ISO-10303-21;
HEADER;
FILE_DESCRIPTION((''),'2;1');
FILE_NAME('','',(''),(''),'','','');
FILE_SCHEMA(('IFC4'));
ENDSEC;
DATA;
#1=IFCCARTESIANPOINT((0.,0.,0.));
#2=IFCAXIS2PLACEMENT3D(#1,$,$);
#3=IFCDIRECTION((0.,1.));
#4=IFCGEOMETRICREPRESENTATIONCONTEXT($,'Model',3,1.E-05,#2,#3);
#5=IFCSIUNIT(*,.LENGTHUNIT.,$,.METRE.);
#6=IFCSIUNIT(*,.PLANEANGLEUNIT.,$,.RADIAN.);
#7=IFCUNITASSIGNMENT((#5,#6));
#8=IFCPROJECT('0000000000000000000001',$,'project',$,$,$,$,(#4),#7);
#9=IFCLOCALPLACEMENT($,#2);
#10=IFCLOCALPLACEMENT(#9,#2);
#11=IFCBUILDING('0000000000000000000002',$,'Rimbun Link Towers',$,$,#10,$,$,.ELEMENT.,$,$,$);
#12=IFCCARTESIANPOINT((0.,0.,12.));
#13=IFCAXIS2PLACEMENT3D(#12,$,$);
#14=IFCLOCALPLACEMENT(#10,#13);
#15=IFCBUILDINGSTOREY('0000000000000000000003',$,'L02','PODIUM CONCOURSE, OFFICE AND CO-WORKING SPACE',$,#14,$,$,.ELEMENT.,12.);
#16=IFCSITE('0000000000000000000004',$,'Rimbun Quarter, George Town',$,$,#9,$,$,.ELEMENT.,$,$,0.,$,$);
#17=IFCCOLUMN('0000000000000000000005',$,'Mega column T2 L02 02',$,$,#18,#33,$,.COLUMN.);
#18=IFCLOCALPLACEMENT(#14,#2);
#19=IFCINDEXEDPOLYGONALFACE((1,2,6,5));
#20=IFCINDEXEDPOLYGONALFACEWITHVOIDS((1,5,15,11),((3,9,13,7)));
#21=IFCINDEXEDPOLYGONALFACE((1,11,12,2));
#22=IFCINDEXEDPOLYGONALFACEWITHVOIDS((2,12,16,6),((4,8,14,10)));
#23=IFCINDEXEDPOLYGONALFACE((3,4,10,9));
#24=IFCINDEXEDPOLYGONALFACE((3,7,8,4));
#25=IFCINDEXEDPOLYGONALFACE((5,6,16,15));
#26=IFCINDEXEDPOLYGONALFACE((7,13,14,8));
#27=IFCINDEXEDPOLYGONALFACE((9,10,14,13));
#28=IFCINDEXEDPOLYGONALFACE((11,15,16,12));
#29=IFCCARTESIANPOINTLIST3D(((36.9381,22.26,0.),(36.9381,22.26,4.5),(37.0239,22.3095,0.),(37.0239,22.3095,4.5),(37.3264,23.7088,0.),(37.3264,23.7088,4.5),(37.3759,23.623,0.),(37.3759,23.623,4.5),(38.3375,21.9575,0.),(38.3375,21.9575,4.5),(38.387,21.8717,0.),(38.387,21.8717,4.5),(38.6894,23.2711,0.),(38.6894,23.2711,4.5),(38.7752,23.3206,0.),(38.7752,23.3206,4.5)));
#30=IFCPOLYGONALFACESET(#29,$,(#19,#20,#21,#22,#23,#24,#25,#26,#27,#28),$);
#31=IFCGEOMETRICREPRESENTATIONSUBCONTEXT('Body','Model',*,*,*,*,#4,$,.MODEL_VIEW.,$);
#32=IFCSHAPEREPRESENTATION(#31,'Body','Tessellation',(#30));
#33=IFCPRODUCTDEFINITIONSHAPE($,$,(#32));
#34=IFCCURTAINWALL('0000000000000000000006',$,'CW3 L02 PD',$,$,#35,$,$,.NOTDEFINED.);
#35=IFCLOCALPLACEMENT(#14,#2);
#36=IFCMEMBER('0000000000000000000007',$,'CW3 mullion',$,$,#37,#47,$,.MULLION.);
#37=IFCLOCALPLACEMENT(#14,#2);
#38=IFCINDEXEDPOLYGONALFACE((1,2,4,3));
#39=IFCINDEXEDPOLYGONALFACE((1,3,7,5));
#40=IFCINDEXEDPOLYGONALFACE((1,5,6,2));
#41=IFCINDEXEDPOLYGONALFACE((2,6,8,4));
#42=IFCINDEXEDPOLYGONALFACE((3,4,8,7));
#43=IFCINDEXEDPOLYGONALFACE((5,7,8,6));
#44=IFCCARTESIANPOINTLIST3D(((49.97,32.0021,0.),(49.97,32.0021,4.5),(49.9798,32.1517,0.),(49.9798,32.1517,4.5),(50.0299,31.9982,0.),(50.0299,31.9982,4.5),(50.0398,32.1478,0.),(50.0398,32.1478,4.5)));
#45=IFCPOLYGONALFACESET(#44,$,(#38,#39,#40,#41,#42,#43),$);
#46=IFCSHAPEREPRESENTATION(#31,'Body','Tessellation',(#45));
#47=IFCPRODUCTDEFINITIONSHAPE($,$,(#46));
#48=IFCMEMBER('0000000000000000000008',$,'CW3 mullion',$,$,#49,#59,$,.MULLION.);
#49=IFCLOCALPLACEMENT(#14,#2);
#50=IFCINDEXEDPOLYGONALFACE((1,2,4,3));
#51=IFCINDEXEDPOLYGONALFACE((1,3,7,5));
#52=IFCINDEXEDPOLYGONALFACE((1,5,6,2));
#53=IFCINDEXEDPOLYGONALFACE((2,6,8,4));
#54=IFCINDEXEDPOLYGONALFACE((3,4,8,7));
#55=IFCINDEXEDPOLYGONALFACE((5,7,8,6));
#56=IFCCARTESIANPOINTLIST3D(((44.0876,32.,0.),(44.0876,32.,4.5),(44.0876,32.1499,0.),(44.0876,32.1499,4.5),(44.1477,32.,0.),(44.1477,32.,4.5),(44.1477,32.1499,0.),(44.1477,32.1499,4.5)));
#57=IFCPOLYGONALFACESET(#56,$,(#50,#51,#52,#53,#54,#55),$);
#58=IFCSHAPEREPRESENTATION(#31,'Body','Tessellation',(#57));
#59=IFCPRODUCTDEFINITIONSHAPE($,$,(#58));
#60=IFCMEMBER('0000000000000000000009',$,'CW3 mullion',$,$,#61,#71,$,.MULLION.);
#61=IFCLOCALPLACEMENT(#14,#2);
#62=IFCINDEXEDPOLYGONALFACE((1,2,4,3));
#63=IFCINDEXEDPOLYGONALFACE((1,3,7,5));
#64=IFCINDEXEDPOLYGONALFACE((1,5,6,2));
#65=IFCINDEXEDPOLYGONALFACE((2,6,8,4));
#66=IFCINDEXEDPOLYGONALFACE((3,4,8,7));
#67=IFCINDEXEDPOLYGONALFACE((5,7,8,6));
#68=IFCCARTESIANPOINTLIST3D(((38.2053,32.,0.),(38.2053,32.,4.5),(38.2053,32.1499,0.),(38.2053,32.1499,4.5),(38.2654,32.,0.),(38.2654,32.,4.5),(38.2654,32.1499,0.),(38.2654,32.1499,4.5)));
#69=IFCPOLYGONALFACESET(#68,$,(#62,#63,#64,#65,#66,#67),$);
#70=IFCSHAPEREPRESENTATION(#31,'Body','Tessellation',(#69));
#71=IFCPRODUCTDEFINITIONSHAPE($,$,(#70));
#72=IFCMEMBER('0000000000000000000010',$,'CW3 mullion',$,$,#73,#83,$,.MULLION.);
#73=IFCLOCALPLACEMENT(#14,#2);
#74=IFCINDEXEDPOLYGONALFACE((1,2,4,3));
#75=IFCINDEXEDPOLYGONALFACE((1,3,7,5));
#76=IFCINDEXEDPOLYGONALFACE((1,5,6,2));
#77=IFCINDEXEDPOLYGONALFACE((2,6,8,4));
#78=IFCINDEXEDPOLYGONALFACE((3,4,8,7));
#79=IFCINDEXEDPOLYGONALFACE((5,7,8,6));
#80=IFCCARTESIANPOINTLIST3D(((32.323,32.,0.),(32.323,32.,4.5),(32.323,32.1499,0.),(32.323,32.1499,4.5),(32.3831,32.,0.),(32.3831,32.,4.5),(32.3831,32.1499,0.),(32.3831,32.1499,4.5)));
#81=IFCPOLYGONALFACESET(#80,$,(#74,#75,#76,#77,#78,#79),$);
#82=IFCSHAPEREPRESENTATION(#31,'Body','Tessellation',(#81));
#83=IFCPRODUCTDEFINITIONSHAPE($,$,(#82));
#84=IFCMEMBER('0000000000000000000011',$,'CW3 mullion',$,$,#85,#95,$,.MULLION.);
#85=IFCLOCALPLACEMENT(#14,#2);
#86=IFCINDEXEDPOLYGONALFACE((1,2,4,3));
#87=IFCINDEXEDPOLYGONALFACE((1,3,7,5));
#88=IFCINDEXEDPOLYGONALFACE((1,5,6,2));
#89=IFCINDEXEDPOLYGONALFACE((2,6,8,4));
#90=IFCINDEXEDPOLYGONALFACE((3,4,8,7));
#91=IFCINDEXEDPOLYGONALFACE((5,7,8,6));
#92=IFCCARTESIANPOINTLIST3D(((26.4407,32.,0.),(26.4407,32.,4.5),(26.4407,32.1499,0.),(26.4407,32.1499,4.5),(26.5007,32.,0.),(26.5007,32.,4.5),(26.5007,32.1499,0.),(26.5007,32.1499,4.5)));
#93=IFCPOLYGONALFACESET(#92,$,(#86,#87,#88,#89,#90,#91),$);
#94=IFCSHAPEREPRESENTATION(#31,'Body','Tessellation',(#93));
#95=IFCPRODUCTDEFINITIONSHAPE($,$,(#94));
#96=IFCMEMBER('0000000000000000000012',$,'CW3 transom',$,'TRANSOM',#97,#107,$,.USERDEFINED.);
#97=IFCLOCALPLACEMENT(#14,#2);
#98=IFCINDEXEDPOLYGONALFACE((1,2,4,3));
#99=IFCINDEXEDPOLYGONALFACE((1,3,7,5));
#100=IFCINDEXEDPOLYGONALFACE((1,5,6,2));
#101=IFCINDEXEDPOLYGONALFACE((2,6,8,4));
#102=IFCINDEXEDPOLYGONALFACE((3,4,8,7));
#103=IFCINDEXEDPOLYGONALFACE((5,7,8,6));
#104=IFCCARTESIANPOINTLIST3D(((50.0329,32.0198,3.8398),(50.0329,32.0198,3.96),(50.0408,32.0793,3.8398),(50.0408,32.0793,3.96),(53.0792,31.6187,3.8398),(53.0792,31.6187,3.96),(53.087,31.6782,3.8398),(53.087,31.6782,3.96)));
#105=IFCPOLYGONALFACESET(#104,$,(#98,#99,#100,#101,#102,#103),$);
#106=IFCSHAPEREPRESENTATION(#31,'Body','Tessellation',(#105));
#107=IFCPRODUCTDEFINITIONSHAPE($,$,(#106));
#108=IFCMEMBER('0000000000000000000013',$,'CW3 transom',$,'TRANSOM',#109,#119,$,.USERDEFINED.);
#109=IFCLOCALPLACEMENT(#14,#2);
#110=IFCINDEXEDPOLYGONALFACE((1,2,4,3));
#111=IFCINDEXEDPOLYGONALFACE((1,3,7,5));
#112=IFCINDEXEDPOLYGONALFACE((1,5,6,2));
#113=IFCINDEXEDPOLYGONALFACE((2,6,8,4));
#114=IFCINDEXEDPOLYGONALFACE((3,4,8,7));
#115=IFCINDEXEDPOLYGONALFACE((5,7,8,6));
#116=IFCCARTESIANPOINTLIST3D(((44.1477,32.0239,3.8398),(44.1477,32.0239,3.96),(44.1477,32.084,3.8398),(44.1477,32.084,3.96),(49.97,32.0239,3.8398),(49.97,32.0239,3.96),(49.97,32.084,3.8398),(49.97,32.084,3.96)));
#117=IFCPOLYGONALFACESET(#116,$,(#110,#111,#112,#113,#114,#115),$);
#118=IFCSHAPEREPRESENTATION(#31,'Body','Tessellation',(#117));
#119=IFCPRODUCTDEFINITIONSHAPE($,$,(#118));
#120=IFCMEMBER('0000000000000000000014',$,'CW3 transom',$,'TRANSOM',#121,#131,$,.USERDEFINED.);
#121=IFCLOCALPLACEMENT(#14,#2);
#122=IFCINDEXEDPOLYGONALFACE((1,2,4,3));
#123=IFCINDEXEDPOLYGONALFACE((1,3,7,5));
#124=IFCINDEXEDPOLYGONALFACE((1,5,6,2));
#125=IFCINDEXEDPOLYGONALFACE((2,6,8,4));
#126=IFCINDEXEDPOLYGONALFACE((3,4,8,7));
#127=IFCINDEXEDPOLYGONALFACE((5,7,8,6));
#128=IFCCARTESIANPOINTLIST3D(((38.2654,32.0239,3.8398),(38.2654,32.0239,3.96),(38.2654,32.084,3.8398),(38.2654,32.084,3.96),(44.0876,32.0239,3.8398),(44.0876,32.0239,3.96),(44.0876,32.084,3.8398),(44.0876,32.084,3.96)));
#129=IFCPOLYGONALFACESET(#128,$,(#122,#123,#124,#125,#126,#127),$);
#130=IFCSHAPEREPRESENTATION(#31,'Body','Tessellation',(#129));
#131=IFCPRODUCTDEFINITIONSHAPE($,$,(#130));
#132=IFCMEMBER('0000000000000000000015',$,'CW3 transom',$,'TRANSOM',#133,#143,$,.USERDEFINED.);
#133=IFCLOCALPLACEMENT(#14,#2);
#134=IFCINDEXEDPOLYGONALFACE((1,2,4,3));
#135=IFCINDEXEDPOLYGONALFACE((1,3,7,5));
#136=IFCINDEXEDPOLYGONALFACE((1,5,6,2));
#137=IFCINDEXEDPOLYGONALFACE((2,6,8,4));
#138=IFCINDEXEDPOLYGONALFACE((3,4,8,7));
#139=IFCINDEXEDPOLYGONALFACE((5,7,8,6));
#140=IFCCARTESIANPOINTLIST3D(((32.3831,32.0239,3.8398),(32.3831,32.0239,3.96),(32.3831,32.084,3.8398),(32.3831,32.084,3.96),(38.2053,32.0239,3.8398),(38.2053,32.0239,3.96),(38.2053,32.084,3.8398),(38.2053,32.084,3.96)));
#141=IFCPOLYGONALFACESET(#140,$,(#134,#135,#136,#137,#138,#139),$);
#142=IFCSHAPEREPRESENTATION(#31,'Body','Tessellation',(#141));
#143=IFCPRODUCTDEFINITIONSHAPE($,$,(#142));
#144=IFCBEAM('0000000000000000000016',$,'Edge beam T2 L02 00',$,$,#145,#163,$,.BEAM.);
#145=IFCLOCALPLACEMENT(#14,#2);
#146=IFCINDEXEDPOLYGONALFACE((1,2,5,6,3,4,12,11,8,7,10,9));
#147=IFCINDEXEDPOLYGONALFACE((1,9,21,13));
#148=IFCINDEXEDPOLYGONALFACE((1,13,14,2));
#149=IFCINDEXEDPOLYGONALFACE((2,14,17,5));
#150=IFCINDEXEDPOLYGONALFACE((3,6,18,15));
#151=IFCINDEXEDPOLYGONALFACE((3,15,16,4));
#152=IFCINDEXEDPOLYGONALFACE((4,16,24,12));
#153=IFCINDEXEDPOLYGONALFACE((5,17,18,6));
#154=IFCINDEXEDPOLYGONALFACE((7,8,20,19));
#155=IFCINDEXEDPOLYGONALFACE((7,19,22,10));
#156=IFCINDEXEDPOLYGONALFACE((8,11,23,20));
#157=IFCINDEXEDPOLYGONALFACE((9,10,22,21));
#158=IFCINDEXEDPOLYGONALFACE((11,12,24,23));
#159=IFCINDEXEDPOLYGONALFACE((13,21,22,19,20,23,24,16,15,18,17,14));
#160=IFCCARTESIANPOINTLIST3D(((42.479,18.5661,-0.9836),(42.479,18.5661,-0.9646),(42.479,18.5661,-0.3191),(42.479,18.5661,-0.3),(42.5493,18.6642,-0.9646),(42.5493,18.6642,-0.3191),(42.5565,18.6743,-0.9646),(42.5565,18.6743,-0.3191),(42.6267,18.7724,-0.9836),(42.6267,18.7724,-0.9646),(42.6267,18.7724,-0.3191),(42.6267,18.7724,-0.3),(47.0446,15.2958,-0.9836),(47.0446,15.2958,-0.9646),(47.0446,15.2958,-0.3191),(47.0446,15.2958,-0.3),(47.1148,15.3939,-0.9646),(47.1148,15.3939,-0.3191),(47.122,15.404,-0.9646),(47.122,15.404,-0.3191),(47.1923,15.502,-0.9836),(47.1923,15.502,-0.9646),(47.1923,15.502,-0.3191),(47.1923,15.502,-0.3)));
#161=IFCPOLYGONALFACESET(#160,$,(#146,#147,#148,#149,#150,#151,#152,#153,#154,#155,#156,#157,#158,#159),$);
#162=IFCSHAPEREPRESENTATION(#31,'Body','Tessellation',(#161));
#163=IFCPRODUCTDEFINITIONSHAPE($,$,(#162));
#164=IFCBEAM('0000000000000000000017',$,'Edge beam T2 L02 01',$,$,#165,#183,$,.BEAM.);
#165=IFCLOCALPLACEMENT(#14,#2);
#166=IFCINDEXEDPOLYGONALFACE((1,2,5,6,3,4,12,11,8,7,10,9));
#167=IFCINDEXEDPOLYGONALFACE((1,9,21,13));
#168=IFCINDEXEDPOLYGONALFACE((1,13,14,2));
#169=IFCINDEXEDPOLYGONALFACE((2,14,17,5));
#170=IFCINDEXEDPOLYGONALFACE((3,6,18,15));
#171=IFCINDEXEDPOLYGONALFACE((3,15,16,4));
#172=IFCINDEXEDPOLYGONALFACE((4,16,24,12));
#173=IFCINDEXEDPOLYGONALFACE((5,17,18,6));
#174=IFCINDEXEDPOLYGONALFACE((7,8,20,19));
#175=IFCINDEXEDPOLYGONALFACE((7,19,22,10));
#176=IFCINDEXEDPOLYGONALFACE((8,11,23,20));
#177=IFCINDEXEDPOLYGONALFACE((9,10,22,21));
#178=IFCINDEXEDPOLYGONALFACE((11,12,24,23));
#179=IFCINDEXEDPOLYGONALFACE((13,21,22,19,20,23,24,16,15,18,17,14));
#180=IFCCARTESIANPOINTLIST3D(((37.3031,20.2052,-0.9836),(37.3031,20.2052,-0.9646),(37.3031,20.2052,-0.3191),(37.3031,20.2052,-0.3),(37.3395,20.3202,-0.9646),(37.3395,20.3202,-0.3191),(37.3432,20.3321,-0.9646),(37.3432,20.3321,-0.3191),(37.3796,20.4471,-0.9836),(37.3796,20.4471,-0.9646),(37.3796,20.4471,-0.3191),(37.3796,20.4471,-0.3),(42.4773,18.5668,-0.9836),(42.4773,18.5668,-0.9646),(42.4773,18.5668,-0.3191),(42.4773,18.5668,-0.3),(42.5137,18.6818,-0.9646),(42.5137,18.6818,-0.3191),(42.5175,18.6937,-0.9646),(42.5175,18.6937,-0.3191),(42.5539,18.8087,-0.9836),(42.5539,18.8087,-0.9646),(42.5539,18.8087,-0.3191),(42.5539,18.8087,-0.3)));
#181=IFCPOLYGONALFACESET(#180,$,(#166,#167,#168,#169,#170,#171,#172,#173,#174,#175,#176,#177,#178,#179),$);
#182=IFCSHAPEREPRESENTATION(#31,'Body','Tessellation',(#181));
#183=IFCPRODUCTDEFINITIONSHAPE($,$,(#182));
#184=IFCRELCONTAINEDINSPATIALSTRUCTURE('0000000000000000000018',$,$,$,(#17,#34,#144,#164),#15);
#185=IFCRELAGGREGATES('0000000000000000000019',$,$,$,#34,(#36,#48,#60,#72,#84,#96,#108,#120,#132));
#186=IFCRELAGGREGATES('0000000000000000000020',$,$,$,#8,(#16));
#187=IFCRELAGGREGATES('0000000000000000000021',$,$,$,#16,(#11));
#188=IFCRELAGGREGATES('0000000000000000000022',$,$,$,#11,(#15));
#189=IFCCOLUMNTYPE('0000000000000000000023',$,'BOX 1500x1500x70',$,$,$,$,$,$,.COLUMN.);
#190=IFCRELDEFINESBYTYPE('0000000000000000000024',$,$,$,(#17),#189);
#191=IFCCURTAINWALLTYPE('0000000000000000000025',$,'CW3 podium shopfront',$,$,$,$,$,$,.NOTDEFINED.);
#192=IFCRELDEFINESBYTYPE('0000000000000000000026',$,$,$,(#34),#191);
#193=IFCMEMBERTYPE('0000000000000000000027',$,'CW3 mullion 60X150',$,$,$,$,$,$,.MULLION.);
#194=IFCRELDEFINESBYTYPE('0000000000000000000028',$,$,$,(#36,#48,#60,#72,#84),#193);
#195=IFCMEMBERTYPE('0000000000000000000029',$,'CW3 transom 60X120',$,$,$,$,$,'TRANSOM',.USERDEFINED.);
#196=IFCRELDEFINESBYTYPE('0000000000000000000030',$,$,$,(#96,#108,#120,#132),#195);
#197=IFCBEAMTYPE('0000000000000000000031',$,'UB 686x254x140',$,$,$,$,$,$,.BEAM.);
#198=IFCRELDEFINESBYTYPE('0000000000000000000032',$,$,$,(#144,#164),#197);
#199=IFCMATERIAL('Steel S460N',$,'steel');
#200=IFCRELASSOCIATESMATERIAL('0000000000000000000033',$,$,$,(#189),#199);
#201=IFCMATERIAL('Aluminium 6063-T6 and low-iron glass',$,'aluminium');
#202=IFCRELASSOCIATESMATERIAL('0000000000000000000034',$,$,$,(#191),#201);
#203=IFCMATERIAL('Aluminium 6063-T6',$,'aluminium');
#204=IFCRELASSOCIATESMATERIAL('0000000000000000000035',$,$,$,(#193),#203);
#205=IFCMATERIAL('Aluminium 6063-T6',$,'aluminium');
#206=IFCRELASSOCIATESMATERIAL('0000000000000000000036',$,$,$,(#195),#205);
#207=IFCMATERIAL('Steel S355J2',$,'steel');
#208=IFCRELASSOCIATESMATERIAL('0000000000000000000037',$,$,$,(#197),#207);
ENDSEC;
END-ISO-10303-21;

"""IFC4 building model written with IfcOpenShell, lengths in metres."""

from ifc_helpers import new_model, si_unit, direction, frame, origin, origin_2d, place, context, subcontext, project, spatial, rectangle, hollow_rectangle, i_section, extrude, material, material_profile, profile_set, type_object, element, aggregate, save


model = new_model("IFC4")

# Units and contexts
model_context = context("Model", 3, precision=1e-05, world=origin(), true_north=direction((0.0, 1.0)))
body_context = subcontext(model_context, "Body", "Model", "MODEL_VIEW")
ifc_project = project(units=[si_unit("LENGTHUNIT", "METRE"), si_unit("PLANEANGLEUNIT", "RADIAN")], contexts=[model_context])

# Site, building, storey
site_placement = place(None, origin())
site = spatial("IfcSite", under=ifc_project, at=site_placement, Name="Rimbun Quarter, George Town", CompositionType="ELEMENT", RefElevation=0.0)
building_placement = place(site_placement, origin())
building = spatial("IfcBuilding", under=site, at=building_placement, Name="Rimbun Link Towers", CompositionType="ELEMENT")
storey_placement = place(building_placement, frame((0.0, 0.0, 12.0)))
storey = spatial("IfcBuildingStorey", under=building, at=storey_placement, Name="L02", Description="PODIUM CONCOURSE, OFFICE AND CO-WORKING SPACE", CompositionType="ELEMENT", Elevation=12.0)

# Column
ifc_material_1 = material(Name="Steel S460N", Category="steel")
ifc_material_profile_1 = material_profile(ifc_material_1, hollow_rectangle(XDim=1.5, YDim=1.5, WallThickness=0.0701, at=origin_2d()), Name="BOX 1500x1500x70")
ifc_profile_set_1 = profile_set([ifc_material_profile_1], Name="Steel S460N")
column_type = type_object("IfcColumnType", Name="BOX 1500x1500x70", PredefinedType="COLUMN", material=ifc_profile_set_1)
column_placement = place(storey_placement, frame((37.8567, 22.7903, 0.0), z_axis=(0.0, 0.0, 1.0), x_axis=(0.258819, 0.965926, 0.0)))
element("IfcColumn", 1, at=column_placement, inside=storey, type_object=column_type, Name="Mega column T2 L02 02", PredefinedType="COLUMN", context=body_context, shape_type="SweptSolid", body=[
    extrude(hollow_rectangle(XDim=1.5, YDim=1.5, WallThickness=0.0701, at=origin_2d()), origin(), (0.0, 0.0, 1.0), 4.5),
])

# Curtain wall, members
ifc_material_2 = material(Name="Aluminium 6063-T6 and low-iron glass", Category="aluminium")
curtain_wall_type = type_object("IfcCurtainWallType", Name="CW3 podium shopfront", PredefinedType="NOTDEFINED", material=ifc_material_2)
curtain_wall_placement = place(storey_placement, origin())
curtain_wall = element("IfcCurtainWall", 2, at=curtain_wall_placement, inside=storey, type_object=curtain_wall_type, Name="CW3 L02 PD", PredefinedType="NOTDEFINED")
ifc_material_3 = material(Name="Aluminium 6063-T6", Category="aluminium")
ifc_material_profile_2 = material_profile(ifc_material_3, rectangle(XDim=0.1499, YDim=0.0601, at=origin_2d()), Name="MULLION 60X150")
ifc_profile_set_2 = profile_set([ifc_material_profile_2], Name="Aluminium 6063-T6")
member_type_1 = type_object("IfcMemberType", Name="CW3 mullion 60X150", PredefinedType="MULLION", material=ifc_profile_set_2)
member_1_placement = place(storey_placement, frame((50.0049, 32.075, 0.0), z_axis=(0.0, 0.0, 1.0), x_axis=(0.065405, 0.997859, 0.0)))
member_1 = element("IfcMember", 3, at=member_1_placement, type_object=member_type_1, Name="CW3 mullion", PredefinedType="MULLION", context=body_context, shape_type="SweptSolid", body=[
    extrude(rectangle(XDim=0.1499, YDim=0.0601, at=origin_2d()), origin(), (0.0, 0.0, 1.0), 4.5),
])
member_2_placement = place(storey_placement, frame((44.1177, 32.075, 0.0), z_axis=(0.0, 0.0, 1.0), x_axis=(0.0, 1.0, 0.0)))
member_2 = element("IfcMember", 4, at=member_2_placement, type_object=member_type_1, Name="CW3 mullion", PredefinedType="MULLION", context=body_context, shape_type="SweptSolid", body=[
    extrude(rectangle(XDim=0.1499, YDim=0.0601, at=origin_2d()), origin(), (0.0, 0.0, 1.0), 4.5),
])
member_3_placement = place(storey_placement, frame((38.2354, 32.075, 0.0), z_axis=(0.0, 0.0, 1.0), x_axis=(0.0, 1.0, 0.0)))
member_3 = element("IfcMember", 5, at=member_3_placement, type_object=member_type_1, Name="CW3 mullion", PredefinedType="MULLION", context=body_context, shape_type="SweptSolid", body=[
    extrude(rectangle(XDim=0.1499, YDim=0.0601, at=origin_2d()), origin(), (0.0, 0.0, 1.0), 4.5),
])
member_4_placement = place(storey_placement, frame((32.353, 32.075, 0.0), z_axis=(0.0, 0.0, 1.0), x_axis=(0.0, 1.0, 0.0)))
member_4 = element("IfcMember", 6, at=member_4_placement, type_object=member_type_1, Name="CW3 mullion", PredefinedType="MULLION", context=body_context, shape_type="SweptSolid", body=[
    extrude(rectangle(XDim=0.1499, YDim=0.0601, at=origin_2d()), origin(), (0.0, 0.0, 1.0), 4.5),
])
member_5_placement = place(storey_placement, frame((26.4707, 32.075, 0.0), z_axis=(0.0, 0.0, 1.0), x_axis=(0.0, 1.0, 0.0)))
member_5 = element("IfcMember", 7, at=member_5_placement, type_object=member_type_1, Name="CW3 mullion", PredefinedType="MULLION", context=body_context, shape_type="SweptSolid", body=[
    extrude(rectangle(XDim=0.1499, YDim=0.0601, at=origin_2d()), origin(), (0.0, 0.0, 1.0), 4.5),
])
ifc_material_4 = material(Name="Aluminium 6063-T6", Category="aluminium")
ifc_material_profile_3 = material_profile(ifc_material_4, rectangle(XDim=0.0601, YDim=0.1201, at=origin_2d()), Name="TRANSOM 60X120")
ifc_profile_set_3 = profile_set([ifc_material_profile_3], Name="Aluminium 6063-T6")
member_type_2 = type_object("IfcMemberType", Name="CW3 transom 60X120", ElementType="TRANSOM", PredefinedType="USERDEFINED", material=ifc_profile_set_3)
member_6_placement = place(storey_placement, frame((50.0369, 32.0496, 3.8999), z_axis=(0.991441, -0.130555, 0.0), x_axis=(0.130555, 0.991441, 0.0)))
member_6 = element("IfcMember", 8, at=member_6_placement, type_object=member_type_2, Name="CW3 transom", ObjectType="TRANSOM", PredefinedType="USERDEFINED", context=body_context, shape_type="SweptSolid", body=[
    extrude(rectangle(XDim=0.0601, YDim=0.1201, at=origin_2d()), origin(), (0.0, 0.0, 1.0), 3.0725),
])
member_7_placement = place(storey_placement, frame((44.1477, 32.054, 3.8999), z_axis=(1.0, 0.0, 0.0), x_axis=(0.0, 1.0, 0.0)))
member_7 = element("IfcMember", 9, at=member_7_placement, type_object=member_type_2, Name="CW3 transom", ObjectType="TRANSOM", PredefinedType="USERDEFINED", context=body_context, shape_type="SweptSolid", body=[
    extrude(rectangle(XDim=0.0601, YDim=0.1201, at=origin_2d()), origin(), (0.0, 0.0, 1.0), 5.8223),
])
member_8_placement = place(storey_placement, frame((38.2654, 32.054, 3.8999), z_axis=(1.0, 0.0, 0.0), x_axis=(0.0, 1.0, 0.0)))
member_8 = element("IfcMember", 10, at=member_8_placement, type_object=member_type_2, Name="CW3 transom", ObjectType="TRANSOM", PredefinedType="USERDEFINED", context=body_context, shape_type="SweptSolid", body=[
    extrude(rectangle(XDim=0.0601, YDim=0.1201, at=origin_2d()), origin(), (0.0, 0.0, 1.0), 5.8223),
])
member_9_placement = place(storey_placement, frame((32.3831, 32.054, 3.8999), z_axis=(1.0, 0.0, 0.0), x_axis=(0.0, 1.0, 0.0)))
member_9 = element("IfcMember", 11, at=member_9_placement, type_object=member_type_2, Name="CW3 transom", ObjectType="TRANSOM", PredefinedType="USERDEFINED", context=body_context, shape_type="SweptSolid", body=[
    extrude(rectangle(XDim=0.0601, YDim=0.1201, at=origin_2d()), origin(), (0.0, 0.0, 1.0), 5.8223),
])

# Beams
ifc_material_5 = material(Name="Steel S355J2", Category="steel")
ifc_material_profile_4 = material_profile(ifc_material_5, i_section(OverallWidth=0.2537, OverallDepth=0.6836, WebThickness=0.0125, FlangeThickness=0.019, at=origin_2d()), Name="UB 686x254x140")
ifc_profile_set_4 = profile_set([ifc_material_profile_4], Name="Steel S355J2")
beam_type_1 = type_object("IfcBeamType", Name="UB 686x254x140", PredefinedType="BEAM", material=ifc_profile_set_4)
beam_1_placement = place(storey_placement, frame((47.1184, 15.3989, -0.6418), z_axis=(-0.812954, 0.582327, 0.0), x_axis=(-0.582327, -0.812954, 0.0)))
element("IfcBeam", 12, at=beam_1_placement, inside=storey, type_object=beam_type_1, Name="Edge beam T2 L02 00", PredefinedType="BEAM", context=body_context, shape_type="SweptSolid", body=[
    extrude(i_section(OverallWidth=0.2537, OverallDepth=0.6836, WebThickness=0.0125, FlangeThickness=0.019, at=origin_2d()), origin(), (0.0, 0.0, 1.0), 5.616),
])
beam_2_placement = place(storey_placement, frame((42.5156, 18.6877, -0.6418), z_axis=(-0.953348, 0.301874, 0.0), x_axis=(-0.301874, -0.953348, 0.0)))
element("IfcBeam", 13, at=beam_2_placement, inside=storey, type_object=beam_type_1, Name="Edge beam T2 L02 01", PredefinedType="BEAM", context=body_context, shape_type="SweptSolid", body=[
    extrude(i_section(OverallWidth=0.2537, OverallDepth=0.6836, WebThickness=0.0125, FlangeThickness=0.019, at=origin_2d()), origin(), (0.0, 0.0, 1.0), 5.4275),
])

aggregate(curtain_wall, [member_1, member_2, member_3, member_4, member_5, member_6, member_7, member_8, member_9])

save(model, "model.ifc")
